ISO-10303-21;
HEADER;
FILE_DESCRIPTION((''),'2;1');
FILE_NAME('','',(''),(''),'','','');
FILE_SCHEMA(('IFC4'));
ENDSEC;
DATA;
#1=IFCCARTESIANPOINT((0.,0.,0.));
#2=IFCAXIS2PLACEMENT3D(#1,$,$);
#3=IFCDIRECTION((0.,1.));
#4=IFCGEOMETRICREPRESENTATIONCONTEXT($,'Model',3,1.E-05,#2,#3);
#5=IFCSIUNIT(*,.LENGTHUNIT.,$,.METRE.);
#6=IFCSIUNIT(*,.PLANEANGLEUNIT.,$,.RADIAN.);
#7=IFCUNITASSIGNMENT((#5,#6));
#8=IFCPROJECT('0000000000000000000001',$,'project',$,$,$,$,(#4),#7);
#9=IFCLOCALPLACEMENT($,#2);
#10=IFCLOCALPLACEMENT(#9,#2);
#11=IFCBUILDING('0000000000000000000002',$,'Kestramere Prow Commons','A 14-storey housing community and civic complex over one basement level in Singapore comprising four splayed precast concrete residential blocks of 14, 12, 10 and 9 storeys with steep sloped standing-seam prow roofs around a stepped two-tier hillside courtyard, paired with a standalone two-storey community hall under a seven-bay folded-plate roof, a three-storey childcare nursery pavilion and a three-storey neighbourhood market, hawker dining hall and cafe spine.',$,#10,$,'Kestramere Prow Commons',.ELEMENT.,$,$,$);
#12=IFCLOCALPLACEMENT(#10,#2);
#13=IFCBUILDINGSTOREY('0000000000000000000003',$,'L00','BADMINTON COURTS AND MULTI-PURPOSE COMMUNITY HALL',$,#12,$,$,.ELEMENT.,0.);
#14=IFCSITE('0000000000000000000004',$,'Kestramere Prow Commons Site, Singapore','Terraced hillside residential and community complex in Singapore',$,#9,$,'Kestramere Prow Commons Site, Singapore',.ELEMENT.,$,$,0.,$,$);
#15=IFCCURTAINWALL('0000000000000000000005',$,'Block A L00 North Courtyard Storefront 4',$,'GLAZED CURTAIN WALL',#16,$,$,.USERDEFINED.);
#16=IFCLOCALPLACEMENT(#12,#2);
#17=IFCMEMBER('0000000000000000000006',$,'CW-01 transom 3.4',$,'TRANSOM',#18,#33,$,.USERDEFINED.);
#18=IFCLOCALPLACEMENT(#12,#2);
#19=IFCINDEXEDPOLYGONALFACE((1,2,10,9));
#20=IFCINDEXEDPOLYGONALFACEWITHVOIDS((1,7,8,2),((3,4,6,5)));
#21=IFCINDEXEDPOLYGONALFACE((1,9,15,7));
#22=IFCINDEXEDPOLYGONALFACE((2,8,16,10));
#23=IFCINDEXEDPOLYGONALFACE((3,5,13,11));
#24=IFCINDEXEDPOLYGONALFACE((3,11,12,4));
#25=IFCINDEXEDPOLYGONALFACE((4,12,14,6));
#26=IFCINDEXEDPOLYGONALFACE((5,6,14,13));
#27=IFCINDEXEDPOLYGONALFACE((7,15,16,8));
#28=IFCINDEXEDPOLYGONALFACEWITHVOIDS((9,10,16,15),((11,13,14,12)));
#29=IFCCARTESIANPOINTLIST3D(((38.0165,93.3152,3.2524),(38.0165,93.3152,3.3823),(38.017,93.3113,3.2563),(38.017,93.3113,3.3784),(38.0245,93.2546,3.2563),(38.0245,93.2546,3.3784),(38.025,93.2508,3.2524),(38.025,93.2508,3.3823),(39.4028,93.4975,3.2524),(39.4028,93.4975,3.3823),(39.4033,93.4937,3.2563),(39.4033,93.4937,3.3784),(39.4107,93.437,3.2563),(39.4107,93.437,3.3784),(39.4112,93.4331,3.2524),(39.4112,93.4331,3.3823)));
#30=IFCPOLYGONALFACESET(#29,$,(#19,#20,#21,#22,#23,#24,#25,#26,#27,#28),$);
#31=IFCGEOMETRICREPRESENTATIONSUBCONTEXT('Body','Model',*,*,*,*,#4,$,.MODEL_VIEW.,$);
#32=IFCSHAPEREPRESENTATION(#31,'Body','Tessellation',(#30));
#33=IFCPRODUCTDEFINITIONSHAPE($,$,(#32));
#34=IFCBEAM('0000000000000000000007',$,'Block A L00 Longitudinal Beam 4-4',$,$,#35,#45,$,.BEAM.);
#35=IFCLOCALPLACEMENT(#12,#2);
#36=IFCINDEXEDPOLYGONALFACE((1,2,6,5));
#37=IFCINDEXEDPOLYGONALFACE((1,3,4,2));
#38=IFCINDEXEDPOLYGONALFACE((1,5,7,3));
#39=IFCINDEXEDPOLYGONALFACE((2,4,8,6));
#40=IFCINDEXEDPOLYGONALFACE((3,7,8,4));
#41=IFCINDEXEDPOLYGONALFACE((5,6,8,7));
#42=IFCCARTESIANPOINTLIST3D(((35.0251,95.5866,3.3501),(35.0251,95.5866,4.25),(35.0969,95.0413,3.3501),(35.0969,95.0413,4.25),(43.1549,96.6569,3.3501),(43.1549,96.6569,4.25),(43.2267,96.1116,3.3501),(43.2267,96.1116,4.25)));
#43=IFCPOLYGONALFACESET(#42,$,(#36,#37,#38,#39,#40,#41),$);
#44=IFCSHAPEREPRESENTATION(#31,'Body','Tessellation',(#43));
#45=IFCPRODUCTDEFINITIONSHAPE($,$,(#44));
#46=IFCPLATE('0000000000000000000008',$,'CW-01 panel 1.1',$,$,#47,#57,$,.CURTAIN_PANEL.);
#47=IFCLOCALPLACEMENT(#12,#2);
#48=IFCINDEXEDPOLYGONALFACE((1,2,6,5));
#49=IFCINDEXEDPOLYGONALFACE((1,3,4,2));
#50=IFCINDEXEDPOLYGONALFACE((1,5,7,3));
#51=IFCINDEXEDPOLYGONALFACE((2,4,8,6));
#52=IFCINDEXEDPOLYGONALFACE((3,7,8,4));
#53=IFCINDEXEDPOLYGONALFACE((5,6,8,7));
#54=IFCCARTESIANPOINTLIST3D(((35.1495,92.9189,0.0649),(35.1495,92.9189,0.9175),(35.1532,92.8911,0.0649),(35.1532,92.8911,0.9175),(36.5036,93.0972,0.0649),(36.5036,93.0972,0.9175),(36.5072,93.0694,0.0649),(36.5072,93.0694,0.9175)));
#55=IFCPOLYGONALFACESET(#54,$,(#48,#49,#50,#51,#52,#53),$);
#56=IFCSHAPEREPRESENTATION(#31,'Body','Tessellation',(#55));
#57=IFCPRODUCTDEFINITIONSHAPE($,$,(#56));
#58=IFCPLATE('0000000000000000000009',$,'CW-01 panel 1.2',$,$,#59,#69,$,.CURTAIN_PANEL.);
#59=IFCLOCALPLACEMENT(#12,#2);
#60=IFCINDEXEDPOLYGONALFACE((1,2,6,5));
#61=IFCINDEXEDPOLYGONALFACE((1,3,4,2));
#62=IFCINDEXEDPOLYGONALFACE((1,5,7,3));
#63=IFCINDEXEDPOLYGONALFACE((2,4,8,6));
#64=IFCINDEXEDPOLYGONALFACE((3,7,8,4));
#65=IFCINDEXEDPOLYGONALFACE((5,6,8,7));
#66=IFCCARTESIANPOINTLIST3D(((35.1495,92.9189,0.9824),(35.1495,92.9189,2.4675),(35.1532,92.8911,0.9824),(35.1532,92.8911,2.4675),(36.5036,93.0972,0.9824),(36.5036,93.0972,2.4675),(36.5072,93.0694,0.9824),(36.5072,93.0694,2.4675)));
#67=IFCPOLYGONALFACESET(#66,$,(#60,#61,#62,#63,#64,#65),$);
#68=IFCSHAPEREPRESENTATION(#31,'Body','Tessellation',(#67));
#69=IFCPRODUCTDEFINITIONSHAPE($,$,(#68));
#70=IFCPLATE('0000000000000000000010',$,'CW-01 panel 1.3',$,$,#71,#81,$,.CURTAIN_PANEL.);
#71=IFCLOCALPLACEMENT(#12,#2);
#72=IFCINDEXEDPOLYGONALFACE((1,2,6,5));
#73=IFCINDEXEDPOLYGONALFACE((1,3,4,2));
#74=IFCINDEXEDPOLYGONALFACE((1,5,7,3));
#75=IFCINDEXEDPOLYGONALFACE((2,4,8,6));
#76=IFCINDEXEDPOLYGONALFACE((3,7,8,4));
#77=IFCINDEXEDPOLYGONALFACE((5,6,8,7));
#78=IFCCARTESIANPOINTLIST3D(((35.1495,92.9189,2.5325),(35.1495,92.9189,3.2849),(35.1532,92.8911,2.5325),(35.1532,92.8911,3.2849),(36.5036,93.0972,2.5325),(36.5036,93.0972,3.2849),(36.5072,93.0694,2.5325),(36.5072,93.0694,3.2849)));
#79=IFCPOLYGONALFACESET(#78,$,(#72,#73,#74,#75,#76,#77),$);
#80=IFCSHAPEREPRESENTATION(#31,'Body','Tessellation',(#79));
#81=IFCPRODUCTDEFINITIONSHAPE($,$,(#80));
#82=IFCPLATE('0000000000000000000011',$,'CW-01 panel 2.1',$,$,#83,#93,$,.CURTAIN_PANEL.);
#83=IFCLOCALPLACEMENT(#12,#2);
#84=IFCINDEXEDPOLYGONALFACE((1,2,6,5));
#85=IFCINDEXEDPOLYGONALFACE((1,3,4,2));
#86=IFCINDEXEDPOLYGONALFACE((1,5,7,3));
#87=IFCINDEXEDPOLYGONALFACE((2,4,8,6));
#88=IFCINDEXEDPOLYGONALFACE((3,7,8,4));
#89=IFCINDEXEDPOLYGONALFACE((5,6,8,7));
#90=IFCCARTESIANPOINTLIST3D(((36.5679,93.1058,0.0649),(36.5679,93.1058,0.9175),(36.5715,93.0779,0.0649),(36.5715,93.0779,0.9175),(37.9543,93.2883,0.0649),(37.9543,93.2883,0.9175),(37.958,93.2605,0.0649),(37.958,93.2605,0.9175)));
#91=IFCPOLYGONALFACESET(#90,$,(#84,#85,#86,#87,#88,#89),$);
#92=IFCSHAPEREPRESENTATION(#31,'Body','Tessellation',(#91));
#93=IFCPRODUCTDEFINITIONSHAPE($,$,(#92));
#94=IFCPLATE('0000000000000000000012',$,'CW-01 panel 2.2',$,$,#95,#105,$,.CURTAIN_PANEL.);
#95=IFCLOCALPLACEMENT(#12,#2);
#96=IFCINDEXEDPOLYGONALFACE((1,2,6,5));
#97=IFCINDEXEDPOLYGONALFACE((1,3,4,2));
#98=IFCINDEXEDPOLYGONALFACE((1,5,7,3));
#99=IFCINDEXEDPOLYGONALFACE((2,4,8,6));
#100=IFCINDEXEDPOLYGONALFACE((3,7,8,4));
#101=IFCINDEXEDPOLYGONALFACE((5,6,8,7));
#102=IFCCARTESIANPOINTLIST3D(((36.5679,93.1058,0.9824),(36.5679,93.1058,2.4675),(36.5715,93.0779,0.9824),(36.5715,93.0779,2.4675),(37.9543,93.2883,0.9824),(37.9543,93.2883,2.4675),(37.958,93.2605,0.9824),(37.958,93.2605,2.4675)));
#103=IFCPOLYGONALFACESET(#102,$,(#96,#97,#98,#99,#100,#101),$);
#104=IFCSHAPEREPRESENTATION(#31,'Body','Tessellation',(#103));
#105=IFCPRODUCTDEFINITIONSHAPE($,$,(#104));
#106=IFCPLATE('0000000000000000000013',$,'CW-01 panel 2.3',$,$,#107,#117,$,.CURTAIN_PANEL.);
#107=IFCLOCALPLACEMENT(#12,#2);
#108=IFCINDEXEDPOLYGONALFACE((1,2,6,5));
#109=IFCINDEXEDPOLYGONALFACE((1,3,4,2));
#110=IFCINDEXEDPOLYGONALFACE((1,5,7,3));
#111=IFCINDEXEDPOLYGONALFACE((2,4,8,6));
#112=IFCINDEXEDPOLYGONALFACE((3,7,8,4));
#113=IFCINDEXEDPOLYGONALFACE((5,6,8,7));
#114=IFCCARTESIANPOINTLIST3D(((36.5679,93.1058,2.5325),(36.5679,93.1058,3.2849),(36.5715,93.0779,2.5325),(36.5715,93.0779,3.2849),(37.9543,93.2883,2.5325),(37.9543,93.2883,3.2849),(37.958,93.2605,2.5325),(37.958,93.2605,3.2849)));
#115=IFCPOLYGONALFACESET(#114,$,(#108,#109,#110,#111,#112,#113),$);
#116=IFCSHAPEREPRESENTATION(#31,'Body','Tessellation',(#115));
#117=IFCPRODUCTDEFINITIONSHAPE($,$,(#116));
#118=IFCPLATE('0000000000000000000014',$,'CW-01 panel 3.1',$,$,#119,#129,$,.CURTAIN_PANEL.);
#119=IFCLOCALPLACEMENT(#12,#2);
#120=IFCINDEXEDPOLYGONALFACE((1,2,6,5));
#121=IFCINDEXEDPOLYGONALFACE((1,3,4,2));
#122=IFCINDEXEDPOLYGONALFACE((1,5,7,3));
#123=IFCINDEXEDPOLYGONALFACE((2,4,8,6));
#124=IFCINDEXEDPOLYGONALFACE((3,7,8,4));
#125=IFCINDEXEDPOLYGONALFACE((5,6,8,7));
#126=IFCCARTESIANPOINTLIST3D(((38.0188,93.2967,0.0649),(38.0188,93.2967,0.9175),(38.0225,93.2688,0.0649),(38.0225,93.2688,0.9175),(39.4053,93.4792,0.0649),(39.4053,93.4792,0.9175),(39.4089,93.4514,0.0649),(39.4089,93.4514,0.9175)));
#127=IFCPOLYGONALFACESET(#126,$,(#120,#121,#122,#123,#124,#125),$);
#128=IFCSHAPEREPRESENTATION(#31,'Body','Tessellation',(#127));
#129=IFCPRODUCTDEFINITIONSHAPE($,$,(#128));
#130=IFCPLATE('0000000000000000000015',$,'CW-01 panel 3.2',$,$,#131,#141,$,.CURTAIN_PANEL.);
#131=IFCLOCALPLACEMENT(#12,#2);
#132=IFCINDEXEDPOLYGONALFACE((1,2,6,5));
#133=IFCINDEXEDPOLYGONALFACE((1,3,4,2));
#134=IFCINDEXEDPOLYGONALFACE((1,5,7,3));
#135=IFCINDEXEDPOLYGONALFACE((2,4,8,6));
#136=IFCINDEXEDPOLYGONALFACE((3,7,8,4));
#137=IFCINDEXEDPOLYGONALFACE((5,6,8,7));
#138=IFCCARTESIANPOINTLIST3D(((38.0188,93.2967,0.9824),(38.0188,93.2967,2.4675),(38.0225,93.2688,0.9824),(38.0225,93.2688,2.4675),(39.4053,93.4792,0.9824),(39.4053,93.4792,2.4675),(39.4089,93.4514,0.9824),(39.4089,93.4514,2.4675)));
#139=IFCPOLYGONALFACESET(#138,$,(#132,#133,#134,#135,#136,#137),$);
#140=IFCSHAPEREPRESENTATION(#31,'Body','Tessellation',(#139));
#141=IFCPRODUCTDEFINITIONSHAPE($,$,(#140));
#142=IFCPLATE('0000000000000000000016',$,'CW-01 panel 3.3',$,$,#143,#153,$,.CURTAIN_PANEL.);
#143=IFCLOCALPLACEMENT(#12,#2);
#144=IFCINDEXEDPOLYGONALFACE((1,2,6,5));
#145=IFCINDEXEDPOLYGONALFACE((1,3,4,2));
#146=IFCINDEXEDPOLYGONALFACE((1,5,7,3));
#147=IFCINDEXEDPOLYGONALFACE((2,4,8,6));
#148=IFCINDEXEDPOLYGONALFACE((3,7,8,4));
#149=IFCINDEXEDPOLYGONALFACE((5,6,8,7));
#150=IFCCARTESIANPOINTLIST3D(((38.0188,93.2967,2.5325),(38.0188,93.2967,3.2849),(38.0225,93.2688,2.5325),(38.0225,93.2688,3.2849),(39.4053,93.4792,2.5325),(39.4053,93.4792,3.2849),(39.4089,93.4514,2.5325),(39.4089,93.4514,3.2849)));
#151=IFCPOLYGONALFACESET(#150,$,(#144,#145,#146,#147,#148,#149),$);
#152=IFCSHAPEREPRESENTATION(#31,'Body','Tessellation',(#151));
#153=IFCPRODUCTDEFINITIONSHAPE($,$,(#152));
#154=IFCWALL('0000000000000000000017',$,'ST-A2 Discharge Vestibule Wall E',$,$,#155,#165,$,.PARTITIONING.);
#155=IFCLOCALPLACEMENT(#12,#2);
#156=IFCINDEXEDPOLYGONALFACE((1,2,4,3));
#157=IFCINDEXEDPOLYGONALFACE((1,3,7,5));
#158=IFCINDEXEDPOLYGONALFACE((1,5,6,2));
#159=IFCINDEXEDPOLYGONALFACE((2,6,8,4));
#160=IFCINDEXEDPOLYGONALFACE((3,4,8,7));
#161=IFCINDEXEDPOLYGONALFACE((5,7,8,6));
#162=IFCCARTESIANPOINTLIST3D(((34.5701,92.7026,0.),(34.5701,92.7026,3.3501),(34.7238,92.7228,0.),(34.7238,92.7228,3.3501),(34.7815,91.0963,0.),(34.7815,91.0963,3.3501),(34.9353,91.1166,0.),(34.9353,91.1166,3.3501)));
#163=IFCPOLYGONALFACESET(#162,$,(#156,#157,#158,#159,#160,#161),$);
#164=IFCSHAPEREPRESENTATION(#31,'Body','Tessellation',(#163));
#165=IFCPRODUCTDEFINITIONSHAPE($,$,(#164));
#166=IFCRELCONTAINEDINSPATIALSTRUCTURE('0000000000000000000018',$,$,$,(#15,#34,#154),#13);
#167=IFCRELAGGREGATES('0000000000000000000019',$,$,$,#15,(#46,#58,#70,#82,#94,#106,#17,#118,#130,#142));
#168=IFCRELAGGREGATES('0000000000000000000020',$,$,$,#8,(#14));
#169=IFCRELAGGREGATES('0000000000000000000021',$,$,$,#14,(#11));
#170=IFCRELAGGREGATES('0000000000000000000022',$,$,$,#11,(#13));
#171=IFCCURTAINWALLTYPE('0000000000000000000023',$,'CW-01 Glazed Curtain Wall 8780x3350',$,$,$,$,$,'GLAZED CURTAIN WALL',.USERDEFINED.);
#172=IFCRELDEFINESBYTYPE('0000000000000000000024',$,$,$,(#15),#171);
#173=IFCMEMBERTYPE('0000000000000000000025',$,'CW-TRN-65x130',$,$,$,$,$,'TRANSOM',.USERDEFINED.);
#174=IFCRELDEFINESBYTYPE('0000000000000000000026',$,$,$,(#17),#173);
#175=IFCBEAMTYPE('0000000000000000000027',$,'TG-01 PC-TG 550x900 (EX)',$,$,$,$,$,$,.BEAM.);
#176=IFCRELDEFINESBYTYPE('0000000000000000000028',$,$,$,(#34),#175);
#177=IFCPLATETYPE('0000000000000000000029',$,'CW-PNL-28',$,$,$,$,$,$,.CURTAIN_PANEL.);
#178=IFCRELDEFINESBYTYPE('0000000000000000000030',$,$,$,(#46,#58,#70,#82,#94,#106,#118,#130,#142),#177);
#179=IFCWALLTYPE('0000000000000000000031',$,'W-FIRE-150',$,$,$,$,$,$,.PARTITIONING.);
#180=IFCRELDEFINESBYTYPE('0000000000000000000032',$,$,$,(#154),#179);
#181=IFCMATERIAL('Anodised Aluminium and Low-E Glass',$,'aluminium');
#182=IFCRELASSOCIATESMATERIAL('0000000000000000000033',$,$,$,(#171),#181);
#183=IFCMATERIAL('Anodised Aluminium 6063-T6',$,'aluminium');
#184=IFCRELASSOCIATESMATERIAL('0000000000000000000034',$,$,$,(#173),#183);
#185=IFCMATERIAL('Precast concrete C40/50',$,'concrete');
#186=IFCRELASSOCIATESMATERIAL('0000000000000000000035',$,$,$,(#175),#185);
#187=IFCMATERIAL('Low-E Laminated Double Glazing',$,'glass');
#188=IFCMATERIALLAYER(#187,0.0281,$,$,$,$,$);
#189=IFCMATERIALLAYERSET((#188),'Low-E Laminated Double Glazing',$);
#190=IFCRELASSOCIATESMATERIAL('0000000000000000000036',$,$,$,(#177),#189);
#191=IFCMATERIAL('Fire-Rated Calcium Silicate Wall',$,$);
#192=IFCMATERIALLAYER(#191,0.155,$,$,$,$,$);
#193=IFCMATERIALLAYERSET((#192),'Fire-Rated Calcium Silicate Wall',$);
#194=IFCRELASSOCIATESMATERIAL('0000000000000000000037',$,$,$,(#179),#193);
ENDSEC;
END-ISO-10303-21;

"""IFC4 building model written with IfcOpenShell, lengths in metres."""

from ifc_helpers import new_model, si_unit, direction, frame, frame_2d, origin, origin_2d, place, context, subcontext, project, spatial, rectangle, hollow_rectangle, extrude, material, layer, layer_set, material_profile, profile_set, type_object, element, aggregate, save


model = new_model("IFC4")

# Units and contexts
model_context = context("Model", 3, precision=1e-05, world=origin(), true_north=direction((0.0, 1.0)))
body_context = subcontext(model_context, "Body", "Model", "MODEL_VIEW")
ifc_project = project(units=[si_unit("LENGTHUNIT", "METRE"), si_unit("PLANEANGLEUNIT", "RADIAN")], contexts=[model_context])

# Site, building, storey
site_placement = place(None, origin())
site = spatial("IfcSite", under=ifc_project, at=site_placement, Name="Kestramere Prow Commons Site, Singapore", Description="Terraced hillside residential and community complex in Singapore", LongName="Kestramere Prow Commons Site, Singapore", CompositionType="ELEMENT", RefElevation=0.0)
building_placement = place(site_placement, origin())
building = spatial("IfcBuilding", under=site, at=building_placement, Name="Kestramere Prow Commons", Description="A 14-storey housing community and civic complex over one basement level in Singapore comprising four splayed precast concrete residential blocks of 14, 12, 10 and 9 storeys with steep sloped standing-seam prow roofs around a stepped two-tier hillside courtyard, paired with a standalone two-storey community hall under a seven-bay folded-plate roof, a three-storey childcare nursery pavilion and a three-storey neighbourhood market, hawker dining hall and cafe spine.", LongName="Kestramere Prow Commons", CompositionType="ELEMENT")
storey_placement = place(building_placement, origin())
storey = spatial("IfcBuildingStorey", under=building, at=storey_placement, Name="L00", Description="BADMINTON COURTS AND MULTI-PURPOSE COMMUNITY HALL", CompositionType="ELEMENT", Elevation=0.0)

# Shared definitions
ifc_material_1 = material(Name="Precast concrete C40/50", Category="concrete")

# Curtain wall, member
ifc_material_2 = material(Name="Anodised Aluminium and Low-E Glass", Category="aluminium")
curtain_wall_type = type_object("IfcCurtainWallType", Name="CW-01 Glazed Curtain Wall 8780x3350", ElementType="GLAZED CURTAIN WALL", PredefinedType="USERDEFINED", material=ifc_material_2)
curtain_wall_placement = place(storey_placement, origin())
curtain_wall = element("IfcCurtainWall", 1, at=curtain_wall_placement, inside=storey, type_object=curtain_wall_type, Name="Block A L00 North Courtyard Storefront 4", ObjectType="GLAZED CURTAIN WALL", PredefinedType="USERDEFINED")
ifc_material_3 = material(Name="Anodised Aluminium 6063-T6", Category="aluminium")
ifc_material_profile_1 = material_profile(ifc_material_3, hollow_rectangle(XDim=0.0649, YDim=0.1299, WallThickness=0.0039, at=origin_2d()), Name="ALU-TRN 65x130")
ifc_profile_set_1 = profile_set([ifc_material_profile_1], Name="Anodised Aluminium 6063-T6")
member_type_1 = type_object("IfcMemberType", Name="CW-TRN-65x130", ElementType="TRANSOM", PredefinedType="USERDEFINED", material=ifc_profile_set_1)
member_1_placement = place(storey_placement, frame((38.0208, 93.283, 3.3174), z_axis=(0.991457, 0.130436, 0.0), x_axis=(-0.130436, 0.991457, 0.0)))
member_1 = element("IfcMember", 2, at=member_1_placement, type_object=member_type_1, Name="CW-01 transom 3.4", ObjectType="TRANSOM", PredefinedType="USERDEFINED", context=body_context, shape_type="SweptSolid", body=[
    extrude(hollow_rectangle(XDim=0.0649, YDim=0.1299, WallThickness=0.0039, at=origin_2d()), origin(), (0.0, 0.0, 1.0), 1.3982),
])

# Beam
ifc_material_profile_2 = material_profile(ifc_material_1, rectangle(XDim=0.55, YDim=0.8999, at=origin_2d()), Name="PC-TG 550x900")
ifc_profile_set_2 = profile_set([ifc_material_profile_2], Name="Precast concrete C40/50")
beam_type = type_object("IfcBeamType", Name="TG-01 PC-TG 550x900 (EX)", PredefinedType="BEAM", material=ifc_profile_set_2)
beam_placement = place(storey_placement, frame((35.061, 95.314, 3.8), z_axis=(0.991445, 0.130525, 0.0), x_axis=(-0.130525, 0.991445, 0.0)))
element("IfcBeam", 3, at=beam_placement, inside=storey, type_object=beam_type, Name="Block A L00 Longitudinal Beam 4-4", PredefinedType="BEAM", context=body_context, shape_type="SweptSolid", body=[
    extrude(rectangle(XDim=0.55, YDim=0.8999, at=origin_2d()), origin(), (0.0, 0.0, 1.0), 8.2),
])

# Plates
ifc_material_4 = material(Name="Low-E Laminated Double Glazing", Category="glass")
ifc_layer_1 = layer(ifc_material_4, 0.0281)
ifc_layer_set_1 = layer_set([ifc_layer_1], Name="Low-E Laminated Double Glazing")
plate_type = type_object("IfcPlateType", Name="CW-PNL-28", PredefinedType="CURTAIN_PANEL", material=ifc_layer_set_1)
plate_1_placement = place(storey_placement, frame((35.8284, 92.9941, 0.0649), z_axis=(0.0, 0.0, 1.0), x_axis=(0.991445, 0.130526, 0.0)))
plate_1 = element("IfcPlate", 4, at=plate_1_placement, type_object=plate_type, Name="CW-01 panel 1.1", PredefinedType="CURTAIN_PANEL", context=body_context, shape_type="SweptSolid", body=[
    extrude(rectangle(XDim=1.3657, YDim=0.0281, at=origin_2d()), origin(), (0.0, 0.0, 1.0), 0.8525),
])
plate_2_placement = place(storey_placement, frame((35.8284, 92.9941, 0.9824), z_axis=(0.0, 0.0, 1.0), x_axis=(0.991445, 0.130526, 0.0)))
plate_2 = element("IfcPlate", 5, at=plate_2_placement, type_object=plate_type, Name="CW-01 panel 1.2", PredefinedType="CURTAIN_PANEL", context=body_context, shape_type="SweptSolid", body=[
    extrude(rectangle(XDim=1.3657, YDim=0.0281, at=origin_2d()), origin(), (0.0, 0.0, 1.0), 1.4851),
])
plate_3_placement = place(storey_placement, frame((35.8284, 92.9941, 2.5325), z_axis=(0.0, 0.0, 1.0), x_axis=(0.991445, 0.130526, 0.0)))
plate_3 = element("IfcPlate", 6, at=plate_3_placement, type_object=plate_type, Name="CW-01 panel 1.3", PredefinedType="CURTAIN_PANEL", context=body_context, shape_type="SweptSolid", body=[
    extrude(rectangle(XDim=1.3657, YDim=0.0281, at=origin_2d()), origin(), (0.0, 0.0, 1.0), 0.7524),
])
plate_4_placement = place(storey_placement, frame((37.2629, 93.1831, 0.0649), z_axis=(0.0, 0.0, 1.0), x_axis=(0.991445, 0.130526, 0.0)))
plate_4 = element("IfcPlate", 7, at=plate_4_placement, type_object=plate_type, Name="CW-01 panel 2.1", PredefinedType="CURTAIN_PANEL", context=body_context, shape_type="SweptSolid", body=[
    extrude(rectangle(XDim=1.3984, YDim=0.0281, at=origin_2d()), origin(), (0.0, 0.0, 1.0), 0.8525),
])
plate_5_placement = place(storey_placement, frame((37.2629, 93.1831, 0.9824), z_axis=(0.0, 0.0, 1.0), x_axis=(0.991445, 0.130526, 0.0)))
plate_5 = element("IfcPlate", 8, at=plate_5_placement, type_object=plate_type, Name="CW-01 panel 2.2", PredefinedType="CURTAIN_PANEL", context=body_context, shape_type="SweptSolid", body=[
    extrude(rectangle(XDim=1.3984, YDim=0.0281, at=origin_2d()), origin(), (0.0, 0.0, 1.0), 1.4851),
])
plate_6_placement = place(storey_placement, frame((37.2629, 93.1831, 2.5325), z_axis=(0.0, 0.0, 1.0), x_axis=(0.991445, 0.130526, 0.0)))
plate_6 = element("IfcPlate", 9, at=plate_6_placement, type_object=plate_type, Name="CW-01 panel 2.3", PredefinedType="CURTAIN_PANEL", context=body_context, shape_type="SweptSolid", body=[
    extrude(rectangle(XDim=1.3984, YDim=0.0281, at=origin_2d()), origin(), (0.0, 0.0, 1.0), 0.7524),
])
plate_7_placement = place(storey_placement, frame((38.7139, 93.374, 0.0649), z_axis=(0.0, 0.0, 1.0), x_axis=(0.991445, 0.130526, 0.0)))
plate_7 = element("IfcPlate", 10, at=plate_7_placement, type_object=plate_type, Name="CW-01 panel 3.1", PredefinedType="CURTAIN_PANEL", context=body_context, shape_type="SweptSolid", body=[
    extrude(rectangle(XDim=1.3984, YDim=0.0281, at=origin_2d()), origin(), (0.0, 0.0, 1.0), 0.8525),
])
plate_8_placement = place(storey_placement, frame((38.7139, 93.374, 0.9824), z_axis=(0.0, 0.0, 1.0), x_axis=(0.991445, 0.130526, 0.0)))
plate_8 = element("IfcPlate", 11, at=plate_8_placement, type_object=plate_type, Name="CW-01 panel 3.2", PredefinedType="CURTAIN_PANEL", context=body_context, shape_type="SweptSolid", body=[
    extrude(rectangle(XDim=1.3984, YDim=0.0281, at=origin_2d()), origin(), (0.0, 0.0, 1.0), 1.4851),
])
plate_9_placement = place(storey_placement, frame((38.7139, 93.374, 2.5325), z_axis=(0.0, 0.0, 1.0), x_axis=(0.991445, 0.130526, 0.0)))
plate_9 = element("IfcPlate", 12, at=plate_9_placement, type_object=plate_type, Name="CW-01 panel 3.3", PredefinedType="CURTAIN_PANEL", context=body_context, shape_type="SweptSolid", body=[
    extrude(rectangle(XDim=1.3984, YDim=0.0281, at=origin_2d()), origin(), (0.0, 0.0, 1.0), 0.7524),
])
aggregate(curtain_wall, [plate_1, plate_2, plate_3, plate_4, plate_5, plate_6, member_1, plate_7, plate_8, plate_9])

# Wall
ifc_material_5 = material(Name="Fire-Rated Calcium Silicate Wall")
ifc_layer_2 = layer(ifc_material_5, 0.155)
ifc_layer_set_2 = layer_set([ifc_layer_2], Name="Fire-Rated Calcium Silicate Wall")
wall_type = type_object("IfcWallType", Name="W-FIRE-150", PredefinedType="PARTITIONING", material=ifc_layer_set_2)
wall_placement = place(storey_placement, frame((34.8584, 91.1064, 0.0), z_axis=(0.0, 0.0, 1.0), x_axis=(-0.130505, 0.991448, 0.0)))
element("IfcWall", 13, at=wall_placement, inside=storey, type_object=wall_type, Name="ST-A2 Discharge Vestibule Wall E", PredefinedType="PARTITIONING", context=body_context, shape_type="SweptSolid", body=[
    extrude(rectangle(XDim=1.6201, YDim=0.155, at=frame_2d((0.8101, 0.0))), origin(), (0.0, 0.0, 1.0), 3.3501),
])

save(model, "model.ifc")
